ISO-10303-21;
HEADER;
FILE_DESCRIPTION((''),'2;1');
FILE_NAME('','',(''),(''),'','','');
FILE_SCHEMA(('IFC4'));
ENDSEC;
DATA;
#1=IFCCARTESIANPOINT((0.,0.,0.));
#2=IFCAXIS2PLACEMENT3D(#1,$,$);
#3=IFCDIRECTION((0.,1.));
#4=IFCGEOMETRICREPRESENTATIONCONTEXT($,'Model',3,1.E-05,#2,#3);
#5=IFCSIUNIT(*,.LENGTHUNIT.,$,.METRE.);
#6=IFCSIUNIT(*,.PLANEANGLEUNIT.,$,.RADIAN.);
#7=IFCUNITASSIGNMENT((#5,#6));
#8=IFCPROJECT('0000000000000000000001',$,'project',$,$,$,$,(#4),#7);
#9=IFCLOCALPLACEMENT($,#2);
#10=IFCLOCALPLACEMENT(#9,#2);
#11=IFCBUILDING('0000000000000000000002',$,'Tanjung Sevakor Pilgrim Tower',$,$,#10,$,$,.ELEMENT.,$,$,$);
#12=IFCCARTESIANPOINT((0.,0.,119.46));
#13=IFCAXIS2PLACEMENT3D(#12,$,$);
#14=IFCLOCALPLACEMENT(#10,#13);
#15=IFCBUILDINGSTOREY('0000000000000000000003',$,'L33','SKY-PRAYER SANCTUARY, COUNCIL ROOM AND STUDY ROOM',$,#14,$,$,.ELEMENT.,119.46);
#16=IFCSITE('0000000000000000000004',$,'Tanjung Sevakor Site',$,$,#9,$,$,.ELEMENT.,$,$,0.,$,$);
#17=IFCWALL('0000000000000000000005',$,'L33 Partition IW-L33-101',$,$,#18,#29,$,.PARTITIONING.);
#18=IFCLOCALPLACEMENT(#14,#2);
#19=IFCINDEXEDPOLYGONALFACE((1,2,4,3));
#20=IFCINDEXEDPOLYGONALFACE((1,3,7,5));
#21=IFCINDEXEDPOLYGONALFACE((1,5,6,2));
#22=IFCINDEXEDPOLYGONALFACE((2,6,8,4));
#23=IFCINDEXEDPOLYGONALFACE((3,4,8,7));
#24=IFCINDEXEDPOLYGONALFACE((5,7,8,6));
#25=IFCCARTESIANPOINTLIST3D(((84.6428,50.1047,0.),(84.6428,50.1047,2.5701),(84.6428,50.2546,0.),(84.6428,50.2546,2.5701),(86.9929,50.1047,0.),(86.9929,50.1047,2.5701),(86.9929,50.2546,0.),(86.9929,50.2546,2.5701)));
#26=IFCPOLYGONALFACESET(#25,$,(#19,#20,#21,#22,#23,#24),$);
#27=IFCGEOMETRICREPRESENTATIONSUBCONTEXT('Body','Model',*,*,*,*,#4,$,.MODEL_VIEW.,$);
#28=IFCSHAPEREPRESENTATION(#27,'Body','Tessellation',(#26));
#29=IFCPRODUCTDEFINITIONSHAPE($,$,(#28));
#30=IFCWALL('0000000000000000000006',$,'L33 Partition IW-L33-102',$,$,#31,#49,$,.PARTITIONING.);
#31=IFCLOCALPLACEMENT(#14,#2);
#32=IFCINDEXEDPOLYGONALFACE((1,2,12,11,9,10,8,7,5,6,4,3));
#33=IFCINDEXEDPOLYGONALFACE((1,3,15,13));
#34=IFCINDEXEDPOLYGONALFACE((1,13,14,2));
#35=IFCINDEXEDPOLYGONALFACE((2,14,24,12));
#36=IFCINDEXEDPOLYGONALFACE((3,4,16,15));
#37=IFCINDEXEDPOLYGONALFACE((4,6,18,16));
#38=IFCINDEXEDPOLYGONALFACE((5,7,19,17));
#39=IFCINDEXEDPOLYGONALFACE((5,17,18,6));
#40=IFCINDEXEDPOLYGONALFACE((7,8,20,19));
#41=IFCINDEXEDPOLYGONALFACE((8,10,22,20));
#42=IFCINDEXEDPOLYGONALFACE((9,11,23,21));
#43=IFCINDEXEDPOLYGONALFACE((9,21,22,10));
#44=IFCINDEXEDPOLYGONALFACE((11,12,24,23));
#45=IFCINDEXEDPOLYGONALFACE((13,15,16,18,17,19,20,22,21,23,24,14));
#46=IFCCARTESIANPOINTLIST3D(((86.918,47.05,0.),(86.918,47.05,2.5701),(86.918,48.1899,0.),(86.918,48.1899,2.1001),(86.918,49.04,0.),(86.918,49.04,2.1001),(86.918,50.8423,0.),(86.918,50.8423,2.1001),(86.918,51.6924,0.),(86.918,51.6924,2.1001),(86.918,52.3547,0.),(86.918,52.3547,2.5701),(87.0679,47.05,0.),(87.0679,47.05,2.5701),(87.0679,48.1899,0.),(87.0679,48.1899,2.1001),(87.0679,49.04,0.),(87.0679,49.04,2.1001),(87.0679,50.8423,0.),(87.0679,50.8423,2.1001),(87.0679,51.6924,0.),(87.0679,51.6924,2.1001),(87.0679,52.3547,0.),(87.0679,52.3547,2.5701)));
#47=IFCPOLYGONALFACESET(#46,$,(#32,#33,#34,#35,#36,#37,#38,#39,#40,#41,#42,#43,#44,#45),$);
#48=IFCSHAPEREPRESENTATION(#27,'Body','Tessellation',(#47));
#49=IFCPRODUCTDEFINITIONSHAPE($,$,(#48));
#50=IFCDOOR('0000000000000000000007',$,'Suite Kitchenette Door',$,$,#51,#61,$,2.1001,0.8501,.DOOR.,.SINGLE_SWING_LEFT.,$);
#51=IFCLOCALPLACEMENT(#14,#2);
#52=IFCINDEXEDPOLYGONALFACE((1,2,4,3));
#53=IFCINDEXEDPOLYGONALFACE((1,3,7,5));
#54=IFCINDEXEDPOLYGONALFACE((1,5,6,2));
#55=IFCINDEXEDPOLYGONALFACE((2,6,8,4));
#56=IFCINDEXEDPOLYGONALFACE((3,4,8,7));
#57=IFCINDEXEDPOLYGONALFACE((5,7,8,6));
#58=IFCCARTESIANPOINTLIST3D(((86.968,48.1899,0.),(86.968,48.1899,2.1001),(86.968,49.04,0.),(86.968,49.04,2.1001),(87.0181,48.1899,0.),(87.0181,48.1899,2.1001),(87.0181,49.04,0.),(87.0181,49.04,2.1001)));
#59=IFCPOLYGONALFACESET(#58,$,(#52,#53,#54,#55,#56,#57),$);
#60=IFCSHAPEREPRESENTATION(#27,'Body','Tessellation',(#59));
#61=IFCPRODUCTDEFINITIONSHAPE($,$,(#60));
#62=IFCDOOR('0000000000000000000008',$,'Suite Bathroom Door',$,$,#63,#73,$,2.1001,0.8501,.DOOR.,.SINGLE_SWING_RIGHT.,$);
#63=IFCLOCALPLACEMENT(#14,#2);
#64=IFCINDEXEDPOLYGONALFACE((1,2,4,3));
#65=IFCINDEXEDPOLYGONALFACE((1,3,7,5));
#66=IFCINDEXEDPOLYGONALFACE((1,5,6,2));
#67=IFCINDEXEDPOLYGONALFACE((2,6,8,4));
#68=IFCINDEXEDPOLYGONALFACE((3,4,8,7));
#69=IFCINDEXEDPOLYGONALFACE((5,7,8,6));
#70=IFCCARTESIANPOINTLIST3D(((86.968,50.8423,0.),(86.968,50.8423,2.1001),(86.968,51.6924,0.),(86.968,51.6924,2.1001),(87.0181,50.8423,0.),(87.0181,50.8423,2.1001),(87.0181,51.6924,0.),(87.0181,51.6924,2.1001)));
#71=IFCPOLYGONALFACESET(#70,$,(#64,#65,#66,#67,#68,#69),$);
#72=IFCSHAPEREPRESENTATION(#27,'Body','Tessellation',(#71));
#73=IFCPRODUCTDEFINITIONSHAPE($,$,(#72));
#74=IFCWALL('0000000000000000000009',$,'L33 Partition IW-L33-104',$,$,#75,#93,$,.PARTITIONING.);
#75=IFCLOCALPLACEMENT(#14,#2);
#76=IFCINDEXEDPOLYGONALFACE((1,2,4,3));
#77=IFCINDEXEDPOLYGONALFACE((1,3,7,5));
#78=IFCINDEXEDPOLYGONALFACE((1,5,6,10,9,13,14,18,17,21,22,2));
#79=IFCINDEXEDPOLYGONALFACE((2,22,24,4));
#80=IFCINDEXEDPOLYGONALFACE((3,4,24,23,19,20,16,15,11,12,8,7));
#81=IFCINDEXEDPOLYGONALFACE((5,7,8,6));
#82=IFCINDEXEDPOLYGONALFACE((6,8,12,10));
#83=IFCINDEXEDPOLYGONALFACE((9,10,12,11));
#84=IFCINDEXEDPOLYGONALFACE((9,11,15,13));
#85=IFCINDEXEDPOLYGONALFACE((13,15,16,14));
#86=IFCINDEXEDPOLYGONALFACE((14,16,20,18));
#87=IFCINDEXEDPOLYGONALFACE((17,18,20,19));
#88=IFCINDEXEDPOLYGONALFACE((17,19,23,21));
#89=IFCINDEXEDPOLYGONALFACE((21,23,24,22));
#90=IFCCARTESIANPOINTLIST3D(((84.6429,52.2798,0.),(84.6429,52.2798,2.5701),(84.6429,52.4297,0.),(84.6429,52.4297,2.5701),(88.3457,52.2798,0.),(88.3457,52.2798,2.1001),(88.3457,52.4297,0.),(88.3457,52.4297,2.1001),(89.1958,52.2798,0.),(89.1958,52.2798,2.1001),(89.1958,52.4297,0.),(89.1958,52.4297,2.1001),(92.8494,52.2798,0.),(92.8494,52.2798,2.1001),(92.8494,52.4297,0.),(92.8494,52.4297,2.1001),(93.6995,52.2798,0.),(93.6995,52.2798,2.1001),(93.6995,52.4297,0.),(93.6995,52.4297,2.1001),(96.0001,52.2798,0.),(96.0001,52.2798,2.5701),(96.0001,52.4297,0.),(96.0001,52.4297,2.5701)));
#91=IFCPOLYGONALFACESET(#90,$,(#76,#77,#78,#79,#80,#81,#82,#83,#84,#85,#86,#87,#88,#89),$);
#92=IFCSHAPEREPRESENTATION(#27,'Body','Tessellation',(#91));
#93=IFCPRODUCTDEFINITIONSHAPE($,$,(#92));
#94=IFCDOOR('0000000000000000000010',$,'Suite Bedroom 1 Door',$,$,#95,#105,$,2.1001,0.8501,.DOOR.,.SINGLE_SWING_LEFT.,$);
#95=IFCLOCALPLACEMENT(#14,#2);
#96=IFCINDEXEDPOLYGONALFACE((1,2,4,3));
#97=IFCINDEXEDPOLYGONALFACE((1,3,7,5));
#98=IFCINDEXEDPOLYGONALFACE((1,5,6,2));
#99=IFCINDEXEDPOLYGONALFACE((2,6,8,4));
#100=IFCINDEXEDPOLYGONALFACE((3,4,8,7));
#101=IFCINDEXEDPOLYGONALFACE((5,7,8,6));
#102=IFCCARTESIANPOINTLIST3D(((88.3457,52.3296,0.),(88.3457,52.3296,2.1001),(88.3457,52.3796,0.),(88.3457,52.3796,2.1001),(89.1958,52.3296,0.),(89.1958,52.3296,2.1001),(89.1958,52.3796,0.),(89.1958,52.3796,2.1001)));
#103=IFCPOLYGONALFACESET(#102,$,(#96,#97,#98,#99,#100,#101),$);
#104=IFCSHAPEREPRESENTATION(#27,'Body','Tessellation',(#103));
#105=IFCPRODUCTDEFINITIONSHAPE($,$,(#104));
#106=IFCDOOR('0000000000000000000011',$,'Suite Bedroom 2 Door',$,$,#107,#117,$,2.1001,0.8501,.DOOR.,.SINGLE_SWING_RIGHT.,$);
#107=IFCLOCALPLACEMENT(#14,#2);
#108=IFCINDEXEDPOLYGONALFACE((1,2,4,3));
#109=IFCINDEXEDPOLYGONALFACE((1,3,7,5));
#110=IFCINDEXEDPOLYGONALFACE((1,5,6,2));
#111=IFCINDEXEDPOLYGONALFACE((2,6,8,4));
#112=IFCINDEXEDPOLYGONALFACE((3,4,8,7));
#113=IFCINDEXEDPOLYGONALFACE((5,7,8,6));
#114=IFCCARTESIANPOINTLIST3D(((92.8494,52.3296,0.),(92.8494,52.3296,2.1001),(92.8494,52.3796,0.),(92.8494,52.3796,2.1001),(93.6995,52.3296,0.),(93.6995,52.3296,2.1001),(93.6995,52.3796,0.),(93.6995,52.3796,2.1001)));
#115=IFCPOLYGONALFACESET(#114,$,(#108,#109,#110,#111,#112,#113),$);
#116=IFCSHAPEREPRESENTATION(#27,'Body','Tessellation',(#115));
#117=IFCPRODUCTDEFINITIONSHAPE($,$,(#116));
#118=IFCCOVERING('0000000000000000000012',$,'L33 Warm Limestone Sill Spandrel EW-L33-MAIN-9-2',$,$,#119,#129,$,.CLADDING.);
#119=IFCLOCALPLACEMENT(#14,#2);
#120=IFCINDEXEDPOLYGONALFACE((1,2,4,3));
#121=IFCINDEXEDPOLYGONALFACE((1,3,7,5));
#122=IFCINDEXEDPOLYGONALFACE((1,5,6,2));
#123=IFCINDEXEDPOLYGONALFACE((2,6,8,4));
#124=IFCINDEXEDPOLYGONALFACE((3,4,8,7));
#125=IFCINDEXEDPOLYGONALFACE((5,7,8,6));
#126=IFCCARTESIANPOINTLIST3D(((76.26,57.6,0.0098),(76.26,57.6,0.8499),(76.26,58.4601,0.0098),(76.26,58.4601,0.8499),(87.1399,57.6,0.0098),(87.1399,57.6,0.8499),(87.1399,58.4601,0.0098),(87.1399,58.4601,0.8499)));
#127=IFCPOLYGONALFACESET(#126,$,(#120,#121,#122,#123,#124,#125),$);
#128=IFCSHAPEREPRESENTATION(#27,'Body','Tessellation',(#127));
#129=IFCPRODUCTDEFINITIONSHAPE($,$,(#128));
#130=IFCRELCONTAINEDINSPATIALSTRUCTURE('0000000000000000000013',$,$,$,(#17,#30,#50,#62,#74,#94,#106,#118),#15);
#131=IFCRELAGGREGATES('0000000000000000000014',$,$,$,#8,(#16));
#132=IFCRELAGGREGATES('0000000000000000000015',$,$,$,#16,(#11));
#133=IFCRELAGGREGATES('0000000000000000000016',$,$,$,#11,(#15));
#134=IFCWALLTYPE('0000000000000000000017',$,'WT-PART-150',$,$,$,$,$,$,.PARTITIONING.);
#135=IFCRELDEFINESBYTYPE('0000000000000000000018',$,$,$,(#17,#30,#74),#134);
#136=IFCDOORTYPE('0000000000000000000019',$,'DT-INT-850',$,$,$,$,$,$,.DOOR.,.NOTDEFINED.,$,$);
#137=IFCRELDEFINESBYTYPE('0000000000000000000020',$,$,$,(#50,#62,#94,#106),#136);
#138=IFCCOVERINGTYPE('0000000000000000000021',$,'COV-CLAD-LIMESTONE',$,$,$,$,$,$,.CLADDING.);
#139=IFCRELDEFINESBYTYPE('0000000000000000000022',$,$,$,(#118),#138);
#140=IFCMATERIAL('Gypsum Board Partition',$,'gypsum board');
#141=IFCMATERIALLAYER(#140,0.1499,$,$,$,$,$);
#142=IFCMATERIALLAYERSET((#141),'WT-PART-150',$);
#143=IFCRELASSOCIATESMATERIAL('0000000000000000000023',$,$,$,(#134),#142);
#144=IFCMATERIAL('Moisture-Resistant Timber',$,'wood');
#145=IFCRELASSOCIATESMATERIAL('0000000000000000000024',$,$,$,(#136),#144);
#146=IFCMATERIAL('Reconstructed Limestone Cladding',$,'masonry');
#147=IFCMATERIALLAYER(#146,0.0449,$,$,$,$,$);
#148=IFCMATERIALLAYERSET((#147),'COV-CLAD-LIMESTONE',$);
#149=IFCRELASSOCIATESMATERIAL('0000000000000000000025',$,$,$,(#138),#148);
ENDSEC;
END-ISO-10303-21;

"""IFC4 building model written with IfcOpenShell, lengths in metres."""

from ifc_helpers import new_model, si_unit, direction, frame, frame_2d, origin, origin_2d, place, context, subcontext, project, spatial, rectangle, extrude, material, layer, layer_set, type_object, element, fill, save


model = new_model("IFC4")

# Units and contexts
model_context = context("Model", 3, precision=1e-05, world=origin(), true_north=direction((0.0, 1.0)))
body_context = subcontext(model_context, "Body", "Model", "MODEL_VIEW")
ifc_project = project(units=[si_unit("LENGTHUNIT", "METRE"), si_unit("PLANEANGLEUNIT", "RADIAN")], contexts=[model_context])

# Site, building, storey
site_placement = place(None, origin())
site = spatial("IfcSite", under=ifc_project, at=site_placement, Name="Tanjung Sevakor Site", CompositionType="ELEMENT", RefElevation=0.0)
building_placement = place(site_placement, origin())
building = spatial("IfcBuilding", under=site, at=building_placement, Name="Tanjung Sevakor Pilgrim Tower", CompositionType="ELEMENT")
storey_placement = place(building_placement, frame((0.0, 0.0, 119.46)))
storey = spatial("IfcBuildingStorey", under=building, at=storey_placement, Name="L33", Description="SKY-PRAYER SANCTUARY, COUNCIL ROOM AND STUDY ROOM", CompositionType="ELEMENT", Elevation=119.46)

# Wall
ifc_material_1 = material(Name="Gypsum Board Partition", Category="gypsum board")
ifc_layer_1 = layer(ifc_material_1, 0.1499)
ifc_layer_set_1 = layer_set([ifc_layer_1], Name="WT-PART-150")
wall_type_1 = type_object("IfcWallType", Name="WT-PART-150", PredefinedType="PARTITIONING", material=ifc_layer_set_1)
wall_1_placement = place(storey_placement, frame((84.6428, 50.1797, 0.0), z_axis=(0.0, 0.0, 1.0), x_axis=(1.0, 0.0, 0.0)))
element("IfcWall", 1, at=wall_1_placement, inside=storey, type_object=wall_type_1, Name="L33 Partition IW-L33-101", PredefinedType="PARTITIONING", context=body_context, shape_type="SweptSolid", body=[
    extrude(rectangle(XDim=2.3501, YDim=0.1499, at=frame_2d((1.175, 0.0))), origin(), (0.0, 0.0, 1.0), 2.5701),
])

# Walls, openings, doors
wall_2_placement = place(storey_placement, frame((86.9929, 47.05, 0.0), z_axis=(0.0, 0.0, 1.0), x_axis=(0.0, 1.0, 0.0)))
wall_2 = element("IfcWall", 2, at=wall_2_placement, inside=storey, type_object=wall_type_1, Name="L33 Partition IW-L33-102", PredefinedType="PARTITIONING", context=body_context, shape_type="SweptSolid", body=[
    extrude(rectangle(XDim=5.3047, YDim=0.1499, at=frame_2d((2.6523, 0.0))), origin(), (0.0, 0.0, 1.0), 2.5701),
])
opening_1_placement = place(wall_2_placement, frame((1.1399, 0.0, 0.0)))
opening_1 = element("IfcOpeningElement", 3, at=opening_1_placement, cuts=wall_2, PredefinedType="OPENING", context=body_context, shape_type="SweptSolid", body=[
    extrude(rectangle(XDim=0.8501, YDim=2.1001, at=frame_2d((0.425, 1.05))), frame((0.0, 0.085, 0.0), z_axis=(0.0, -1.0, 0.0), x_axis=(1.0, 0.0, 0.0)), (0.0, 0.0, 1.0), 0.1699),
])
opening_2_placement = place(wall_2_placement, frame((3.7922, 0.0, 0.0)))
opening_2 = element("IfcOpeningElement", 4, at=opening_2_placement, cuts=wall_2, PredefinedType="OPENING", context=body_context, shape_type="SweptSolid", body=[
    extrude(rectangle(XDim=0.8501, YDim=2.1001, at=frame_2d((0.425, 1.05))), frame((0.0, 0.085, 0.0), z_axis=(0.0, -1.0, 0.0), x_axis=(1.0, 0.0, 0.0)), (0.0, 0.0, 1.0), 0.1699),
])
ifc_material_2 = material(Name="Moisture-Resistant Timber", Category="wood")
door_type_1 = type_object("IfcDoorType", Name="DT-INT-850", OperationType="NOTDEFINED", PredefinedType="DOOR", material=ifc_material_2)
door_1_placement = place(opening_1_placement, origin())
door_1 = element("IfcDoor", 5, at=door_1_placement, inside=storey, type_object=door_type_1, Name="Suite Kitchenette Door", OperationType="SINGLE_SWING_LEFT", OverallHeight=2.1001, OverallWidth=0.8501, PredefinedType="DOOR", context=body_context, shape_type="SweptSolid", body=[
    extrude(rectangle(XDim=0.8501, YDim=2.1001, at=frame_2d((0.425, 1.05))), frame((0.0, 0.0249, 0.0), z_axis=(0.0, -1.0, 0.0), x_axis=(1.0, 0.0, 0.0)), (0.0, 0.0, 1.0), 0.05),
])
fill(opening_1, door_1)
door_2_placement = place(opening_2_placement, origin())
door_2 = element("IfcDoor", 6, at=door_2_placement, inside=storey, type_object=door_type_1, Name="Suite Bathroom Door", OperationType="SINGLE_SWING_RIGHT", OverallHeight=2.1001, OverallWidth=0.8501, PredefinedType="DOOR", context=body_context, shape_type="SweptSolid", body=[
    extrude(rectangle(XDim=0.8501, YDim=2.1001, at=frame_2d((0.425, 1.05))), frame((0.0, 0.0249, 0.0), z_axis=(0.0, -1.0, 0.0), x_axis=(1.0, 0.0, 0.0)), (0.0, 0.0, 1.0), 0.05),
])
fill(opening_2, door_2)
wall_3_placement = place(storey_placement, frame((84.6428, 52.3547, 0.0), z_axis=(0.0, 0.0, 1.0), x_axis=(1.0, 0.0, 0.0)))
wall_3 = element("IfcWall", 7, at=wall_3_placement, inside=storey, type_object=wall_type_1, Name="L33 Partition IW-L33-104", PredefinedType="PARTITIONING", context=body_context, shape_type="SweptSolid", body=[
    extrude(rectangle(XDim=11.3572, YDim=0.1499, at=frame_2d((5.6787, 0.0))), origin(), (0.0, 0.0, 1.0), 2.5701),
])
opening_3_placement = place(wall_3_placement, frame((3.7029, 0.0, 0.0)))
opening_3 = element("IfcOpeningElement", 8, at=opening_3_placement, cuts=wall_3, PredefinedType="OPENING", context=body_context, shape_type="SweptSolid", body=[
    extrude(rectangle(XDim=0.8501, YDim=2.1001, at=frame_2d((0.425, 1.05))), frame((0.0, 0.085, 0.0), z_axis=(0.0, -1.0, 0.0), x_axis=(1.0, 0.0, 0.0)), (0.0, 0.0, 1.0), 0.1699),
])
opening_4_placement = place(wall_3_placement, frame((8.2065, 0.0, 0.0)))
opening_4 = element("IfcOpeningElement", 9, at=opening_4_placement, cuts=wall_3, PredefinedType="OPENING", context=body_context, shape_type="SweptSolid", body=[
    extrude(rectangle(XDim=0.8501, YDim=2.1001, at=frame_2d((0.425, 1.05))), frame((0.0, 0.085, 0.0), z_axis=(0.0, -1.0, 0.0), x_axis=(1.0, 0.0, 0.0)), (0.0, 0.0, 1.0), 0.1699),
])
door_3_placement = place(opening_3_placement, origin())
door_3 = element("IfcDoor", 10, at=door_3_placement, inside=storey, type_object=door_type_1, Name="Suite Bedroom 1 Door", OperationType="SINGLE_SWING_LEFT", OverallHeight=2.1001, OverallWidth=0.8501, PredefinedType="DOOR", context=body_context, shape_type="SweptSolid", body=[
    extrude(rectangle(XDim=0.8501, YDim=2.1001, at=frame_2d((0.425, 1.05))), frame((0.0, 0.0249, 0.0), z_axis=(0.0, -1.0, 0.0), x_axis=(1.0, 0.0, 0.0)), (0.0, 0.0, 1.0), 0.05),
])
fill(opening_3, door_3)
door_4_placement = place(opening_4_placement, origin())
door_4 = element("IfcDoor", 11, at=door_4_placement, inside=storey, type_object=door_type_1, Name="Suite Bedroom 2 Door", OperationType="SINGLE_SWING_RIGHT", OverallHeight=2.1001, OverallWidth=0.8501, PredefinedType="DOOR", context=body_context, shape_type="SweptSolid", body=[
    extrude(rectangle(XDim=0.8501, YDim=2.1001, at=frame_2d((0.425, 1.05))), frame((0.0, 0.0249, 0.0), z_axis=(0.0, -1.0, 0.0), x_axis=(1.0, 0.0, 0.0)), (0.0, 0.0, 1.0), 0.05),
])
fill(opening_4, door_4)

# Covering
ifc_material_3 = material(Name="Reconstructed Limestone Cladding", Category="masonry")
ifc_layer_2 = layer(ifc_material_3, 0.0449)
ifc_layer_set_2 = layer_set([ifc_layer_2], Name="COV-CLAD-LIMESTONE")
covering_type = type_object("IfcCoveringType", Name="COV-CLAD-LIMESTONE", PredefinedType="CLADDING", material=ifc_layer_set_2)
covering_placement = place(storey_placement, frame((81.7, 58.03, 0.0098), z_axis=(0.0, 0.0, 1.0), x_axis=(-1.0, 0.0, 0.0)))
element("IfcCovering", 12, at=covering_placement, inside=storey, type_object=covering_type, Name="L33 Warm Limestone Sill Spandrel EW-L33-MAIN-9-2", PredefinedType="CLADDING", context=body_context, shape_type="SweptSolid", body=[
    extrude(rectangle(XDim=10.8799, YDim=0.8601, at=origin_2d()), origin(), (0.0, 0.0, 1.0), 0.8401),
])

save(model, "model.ifc")
